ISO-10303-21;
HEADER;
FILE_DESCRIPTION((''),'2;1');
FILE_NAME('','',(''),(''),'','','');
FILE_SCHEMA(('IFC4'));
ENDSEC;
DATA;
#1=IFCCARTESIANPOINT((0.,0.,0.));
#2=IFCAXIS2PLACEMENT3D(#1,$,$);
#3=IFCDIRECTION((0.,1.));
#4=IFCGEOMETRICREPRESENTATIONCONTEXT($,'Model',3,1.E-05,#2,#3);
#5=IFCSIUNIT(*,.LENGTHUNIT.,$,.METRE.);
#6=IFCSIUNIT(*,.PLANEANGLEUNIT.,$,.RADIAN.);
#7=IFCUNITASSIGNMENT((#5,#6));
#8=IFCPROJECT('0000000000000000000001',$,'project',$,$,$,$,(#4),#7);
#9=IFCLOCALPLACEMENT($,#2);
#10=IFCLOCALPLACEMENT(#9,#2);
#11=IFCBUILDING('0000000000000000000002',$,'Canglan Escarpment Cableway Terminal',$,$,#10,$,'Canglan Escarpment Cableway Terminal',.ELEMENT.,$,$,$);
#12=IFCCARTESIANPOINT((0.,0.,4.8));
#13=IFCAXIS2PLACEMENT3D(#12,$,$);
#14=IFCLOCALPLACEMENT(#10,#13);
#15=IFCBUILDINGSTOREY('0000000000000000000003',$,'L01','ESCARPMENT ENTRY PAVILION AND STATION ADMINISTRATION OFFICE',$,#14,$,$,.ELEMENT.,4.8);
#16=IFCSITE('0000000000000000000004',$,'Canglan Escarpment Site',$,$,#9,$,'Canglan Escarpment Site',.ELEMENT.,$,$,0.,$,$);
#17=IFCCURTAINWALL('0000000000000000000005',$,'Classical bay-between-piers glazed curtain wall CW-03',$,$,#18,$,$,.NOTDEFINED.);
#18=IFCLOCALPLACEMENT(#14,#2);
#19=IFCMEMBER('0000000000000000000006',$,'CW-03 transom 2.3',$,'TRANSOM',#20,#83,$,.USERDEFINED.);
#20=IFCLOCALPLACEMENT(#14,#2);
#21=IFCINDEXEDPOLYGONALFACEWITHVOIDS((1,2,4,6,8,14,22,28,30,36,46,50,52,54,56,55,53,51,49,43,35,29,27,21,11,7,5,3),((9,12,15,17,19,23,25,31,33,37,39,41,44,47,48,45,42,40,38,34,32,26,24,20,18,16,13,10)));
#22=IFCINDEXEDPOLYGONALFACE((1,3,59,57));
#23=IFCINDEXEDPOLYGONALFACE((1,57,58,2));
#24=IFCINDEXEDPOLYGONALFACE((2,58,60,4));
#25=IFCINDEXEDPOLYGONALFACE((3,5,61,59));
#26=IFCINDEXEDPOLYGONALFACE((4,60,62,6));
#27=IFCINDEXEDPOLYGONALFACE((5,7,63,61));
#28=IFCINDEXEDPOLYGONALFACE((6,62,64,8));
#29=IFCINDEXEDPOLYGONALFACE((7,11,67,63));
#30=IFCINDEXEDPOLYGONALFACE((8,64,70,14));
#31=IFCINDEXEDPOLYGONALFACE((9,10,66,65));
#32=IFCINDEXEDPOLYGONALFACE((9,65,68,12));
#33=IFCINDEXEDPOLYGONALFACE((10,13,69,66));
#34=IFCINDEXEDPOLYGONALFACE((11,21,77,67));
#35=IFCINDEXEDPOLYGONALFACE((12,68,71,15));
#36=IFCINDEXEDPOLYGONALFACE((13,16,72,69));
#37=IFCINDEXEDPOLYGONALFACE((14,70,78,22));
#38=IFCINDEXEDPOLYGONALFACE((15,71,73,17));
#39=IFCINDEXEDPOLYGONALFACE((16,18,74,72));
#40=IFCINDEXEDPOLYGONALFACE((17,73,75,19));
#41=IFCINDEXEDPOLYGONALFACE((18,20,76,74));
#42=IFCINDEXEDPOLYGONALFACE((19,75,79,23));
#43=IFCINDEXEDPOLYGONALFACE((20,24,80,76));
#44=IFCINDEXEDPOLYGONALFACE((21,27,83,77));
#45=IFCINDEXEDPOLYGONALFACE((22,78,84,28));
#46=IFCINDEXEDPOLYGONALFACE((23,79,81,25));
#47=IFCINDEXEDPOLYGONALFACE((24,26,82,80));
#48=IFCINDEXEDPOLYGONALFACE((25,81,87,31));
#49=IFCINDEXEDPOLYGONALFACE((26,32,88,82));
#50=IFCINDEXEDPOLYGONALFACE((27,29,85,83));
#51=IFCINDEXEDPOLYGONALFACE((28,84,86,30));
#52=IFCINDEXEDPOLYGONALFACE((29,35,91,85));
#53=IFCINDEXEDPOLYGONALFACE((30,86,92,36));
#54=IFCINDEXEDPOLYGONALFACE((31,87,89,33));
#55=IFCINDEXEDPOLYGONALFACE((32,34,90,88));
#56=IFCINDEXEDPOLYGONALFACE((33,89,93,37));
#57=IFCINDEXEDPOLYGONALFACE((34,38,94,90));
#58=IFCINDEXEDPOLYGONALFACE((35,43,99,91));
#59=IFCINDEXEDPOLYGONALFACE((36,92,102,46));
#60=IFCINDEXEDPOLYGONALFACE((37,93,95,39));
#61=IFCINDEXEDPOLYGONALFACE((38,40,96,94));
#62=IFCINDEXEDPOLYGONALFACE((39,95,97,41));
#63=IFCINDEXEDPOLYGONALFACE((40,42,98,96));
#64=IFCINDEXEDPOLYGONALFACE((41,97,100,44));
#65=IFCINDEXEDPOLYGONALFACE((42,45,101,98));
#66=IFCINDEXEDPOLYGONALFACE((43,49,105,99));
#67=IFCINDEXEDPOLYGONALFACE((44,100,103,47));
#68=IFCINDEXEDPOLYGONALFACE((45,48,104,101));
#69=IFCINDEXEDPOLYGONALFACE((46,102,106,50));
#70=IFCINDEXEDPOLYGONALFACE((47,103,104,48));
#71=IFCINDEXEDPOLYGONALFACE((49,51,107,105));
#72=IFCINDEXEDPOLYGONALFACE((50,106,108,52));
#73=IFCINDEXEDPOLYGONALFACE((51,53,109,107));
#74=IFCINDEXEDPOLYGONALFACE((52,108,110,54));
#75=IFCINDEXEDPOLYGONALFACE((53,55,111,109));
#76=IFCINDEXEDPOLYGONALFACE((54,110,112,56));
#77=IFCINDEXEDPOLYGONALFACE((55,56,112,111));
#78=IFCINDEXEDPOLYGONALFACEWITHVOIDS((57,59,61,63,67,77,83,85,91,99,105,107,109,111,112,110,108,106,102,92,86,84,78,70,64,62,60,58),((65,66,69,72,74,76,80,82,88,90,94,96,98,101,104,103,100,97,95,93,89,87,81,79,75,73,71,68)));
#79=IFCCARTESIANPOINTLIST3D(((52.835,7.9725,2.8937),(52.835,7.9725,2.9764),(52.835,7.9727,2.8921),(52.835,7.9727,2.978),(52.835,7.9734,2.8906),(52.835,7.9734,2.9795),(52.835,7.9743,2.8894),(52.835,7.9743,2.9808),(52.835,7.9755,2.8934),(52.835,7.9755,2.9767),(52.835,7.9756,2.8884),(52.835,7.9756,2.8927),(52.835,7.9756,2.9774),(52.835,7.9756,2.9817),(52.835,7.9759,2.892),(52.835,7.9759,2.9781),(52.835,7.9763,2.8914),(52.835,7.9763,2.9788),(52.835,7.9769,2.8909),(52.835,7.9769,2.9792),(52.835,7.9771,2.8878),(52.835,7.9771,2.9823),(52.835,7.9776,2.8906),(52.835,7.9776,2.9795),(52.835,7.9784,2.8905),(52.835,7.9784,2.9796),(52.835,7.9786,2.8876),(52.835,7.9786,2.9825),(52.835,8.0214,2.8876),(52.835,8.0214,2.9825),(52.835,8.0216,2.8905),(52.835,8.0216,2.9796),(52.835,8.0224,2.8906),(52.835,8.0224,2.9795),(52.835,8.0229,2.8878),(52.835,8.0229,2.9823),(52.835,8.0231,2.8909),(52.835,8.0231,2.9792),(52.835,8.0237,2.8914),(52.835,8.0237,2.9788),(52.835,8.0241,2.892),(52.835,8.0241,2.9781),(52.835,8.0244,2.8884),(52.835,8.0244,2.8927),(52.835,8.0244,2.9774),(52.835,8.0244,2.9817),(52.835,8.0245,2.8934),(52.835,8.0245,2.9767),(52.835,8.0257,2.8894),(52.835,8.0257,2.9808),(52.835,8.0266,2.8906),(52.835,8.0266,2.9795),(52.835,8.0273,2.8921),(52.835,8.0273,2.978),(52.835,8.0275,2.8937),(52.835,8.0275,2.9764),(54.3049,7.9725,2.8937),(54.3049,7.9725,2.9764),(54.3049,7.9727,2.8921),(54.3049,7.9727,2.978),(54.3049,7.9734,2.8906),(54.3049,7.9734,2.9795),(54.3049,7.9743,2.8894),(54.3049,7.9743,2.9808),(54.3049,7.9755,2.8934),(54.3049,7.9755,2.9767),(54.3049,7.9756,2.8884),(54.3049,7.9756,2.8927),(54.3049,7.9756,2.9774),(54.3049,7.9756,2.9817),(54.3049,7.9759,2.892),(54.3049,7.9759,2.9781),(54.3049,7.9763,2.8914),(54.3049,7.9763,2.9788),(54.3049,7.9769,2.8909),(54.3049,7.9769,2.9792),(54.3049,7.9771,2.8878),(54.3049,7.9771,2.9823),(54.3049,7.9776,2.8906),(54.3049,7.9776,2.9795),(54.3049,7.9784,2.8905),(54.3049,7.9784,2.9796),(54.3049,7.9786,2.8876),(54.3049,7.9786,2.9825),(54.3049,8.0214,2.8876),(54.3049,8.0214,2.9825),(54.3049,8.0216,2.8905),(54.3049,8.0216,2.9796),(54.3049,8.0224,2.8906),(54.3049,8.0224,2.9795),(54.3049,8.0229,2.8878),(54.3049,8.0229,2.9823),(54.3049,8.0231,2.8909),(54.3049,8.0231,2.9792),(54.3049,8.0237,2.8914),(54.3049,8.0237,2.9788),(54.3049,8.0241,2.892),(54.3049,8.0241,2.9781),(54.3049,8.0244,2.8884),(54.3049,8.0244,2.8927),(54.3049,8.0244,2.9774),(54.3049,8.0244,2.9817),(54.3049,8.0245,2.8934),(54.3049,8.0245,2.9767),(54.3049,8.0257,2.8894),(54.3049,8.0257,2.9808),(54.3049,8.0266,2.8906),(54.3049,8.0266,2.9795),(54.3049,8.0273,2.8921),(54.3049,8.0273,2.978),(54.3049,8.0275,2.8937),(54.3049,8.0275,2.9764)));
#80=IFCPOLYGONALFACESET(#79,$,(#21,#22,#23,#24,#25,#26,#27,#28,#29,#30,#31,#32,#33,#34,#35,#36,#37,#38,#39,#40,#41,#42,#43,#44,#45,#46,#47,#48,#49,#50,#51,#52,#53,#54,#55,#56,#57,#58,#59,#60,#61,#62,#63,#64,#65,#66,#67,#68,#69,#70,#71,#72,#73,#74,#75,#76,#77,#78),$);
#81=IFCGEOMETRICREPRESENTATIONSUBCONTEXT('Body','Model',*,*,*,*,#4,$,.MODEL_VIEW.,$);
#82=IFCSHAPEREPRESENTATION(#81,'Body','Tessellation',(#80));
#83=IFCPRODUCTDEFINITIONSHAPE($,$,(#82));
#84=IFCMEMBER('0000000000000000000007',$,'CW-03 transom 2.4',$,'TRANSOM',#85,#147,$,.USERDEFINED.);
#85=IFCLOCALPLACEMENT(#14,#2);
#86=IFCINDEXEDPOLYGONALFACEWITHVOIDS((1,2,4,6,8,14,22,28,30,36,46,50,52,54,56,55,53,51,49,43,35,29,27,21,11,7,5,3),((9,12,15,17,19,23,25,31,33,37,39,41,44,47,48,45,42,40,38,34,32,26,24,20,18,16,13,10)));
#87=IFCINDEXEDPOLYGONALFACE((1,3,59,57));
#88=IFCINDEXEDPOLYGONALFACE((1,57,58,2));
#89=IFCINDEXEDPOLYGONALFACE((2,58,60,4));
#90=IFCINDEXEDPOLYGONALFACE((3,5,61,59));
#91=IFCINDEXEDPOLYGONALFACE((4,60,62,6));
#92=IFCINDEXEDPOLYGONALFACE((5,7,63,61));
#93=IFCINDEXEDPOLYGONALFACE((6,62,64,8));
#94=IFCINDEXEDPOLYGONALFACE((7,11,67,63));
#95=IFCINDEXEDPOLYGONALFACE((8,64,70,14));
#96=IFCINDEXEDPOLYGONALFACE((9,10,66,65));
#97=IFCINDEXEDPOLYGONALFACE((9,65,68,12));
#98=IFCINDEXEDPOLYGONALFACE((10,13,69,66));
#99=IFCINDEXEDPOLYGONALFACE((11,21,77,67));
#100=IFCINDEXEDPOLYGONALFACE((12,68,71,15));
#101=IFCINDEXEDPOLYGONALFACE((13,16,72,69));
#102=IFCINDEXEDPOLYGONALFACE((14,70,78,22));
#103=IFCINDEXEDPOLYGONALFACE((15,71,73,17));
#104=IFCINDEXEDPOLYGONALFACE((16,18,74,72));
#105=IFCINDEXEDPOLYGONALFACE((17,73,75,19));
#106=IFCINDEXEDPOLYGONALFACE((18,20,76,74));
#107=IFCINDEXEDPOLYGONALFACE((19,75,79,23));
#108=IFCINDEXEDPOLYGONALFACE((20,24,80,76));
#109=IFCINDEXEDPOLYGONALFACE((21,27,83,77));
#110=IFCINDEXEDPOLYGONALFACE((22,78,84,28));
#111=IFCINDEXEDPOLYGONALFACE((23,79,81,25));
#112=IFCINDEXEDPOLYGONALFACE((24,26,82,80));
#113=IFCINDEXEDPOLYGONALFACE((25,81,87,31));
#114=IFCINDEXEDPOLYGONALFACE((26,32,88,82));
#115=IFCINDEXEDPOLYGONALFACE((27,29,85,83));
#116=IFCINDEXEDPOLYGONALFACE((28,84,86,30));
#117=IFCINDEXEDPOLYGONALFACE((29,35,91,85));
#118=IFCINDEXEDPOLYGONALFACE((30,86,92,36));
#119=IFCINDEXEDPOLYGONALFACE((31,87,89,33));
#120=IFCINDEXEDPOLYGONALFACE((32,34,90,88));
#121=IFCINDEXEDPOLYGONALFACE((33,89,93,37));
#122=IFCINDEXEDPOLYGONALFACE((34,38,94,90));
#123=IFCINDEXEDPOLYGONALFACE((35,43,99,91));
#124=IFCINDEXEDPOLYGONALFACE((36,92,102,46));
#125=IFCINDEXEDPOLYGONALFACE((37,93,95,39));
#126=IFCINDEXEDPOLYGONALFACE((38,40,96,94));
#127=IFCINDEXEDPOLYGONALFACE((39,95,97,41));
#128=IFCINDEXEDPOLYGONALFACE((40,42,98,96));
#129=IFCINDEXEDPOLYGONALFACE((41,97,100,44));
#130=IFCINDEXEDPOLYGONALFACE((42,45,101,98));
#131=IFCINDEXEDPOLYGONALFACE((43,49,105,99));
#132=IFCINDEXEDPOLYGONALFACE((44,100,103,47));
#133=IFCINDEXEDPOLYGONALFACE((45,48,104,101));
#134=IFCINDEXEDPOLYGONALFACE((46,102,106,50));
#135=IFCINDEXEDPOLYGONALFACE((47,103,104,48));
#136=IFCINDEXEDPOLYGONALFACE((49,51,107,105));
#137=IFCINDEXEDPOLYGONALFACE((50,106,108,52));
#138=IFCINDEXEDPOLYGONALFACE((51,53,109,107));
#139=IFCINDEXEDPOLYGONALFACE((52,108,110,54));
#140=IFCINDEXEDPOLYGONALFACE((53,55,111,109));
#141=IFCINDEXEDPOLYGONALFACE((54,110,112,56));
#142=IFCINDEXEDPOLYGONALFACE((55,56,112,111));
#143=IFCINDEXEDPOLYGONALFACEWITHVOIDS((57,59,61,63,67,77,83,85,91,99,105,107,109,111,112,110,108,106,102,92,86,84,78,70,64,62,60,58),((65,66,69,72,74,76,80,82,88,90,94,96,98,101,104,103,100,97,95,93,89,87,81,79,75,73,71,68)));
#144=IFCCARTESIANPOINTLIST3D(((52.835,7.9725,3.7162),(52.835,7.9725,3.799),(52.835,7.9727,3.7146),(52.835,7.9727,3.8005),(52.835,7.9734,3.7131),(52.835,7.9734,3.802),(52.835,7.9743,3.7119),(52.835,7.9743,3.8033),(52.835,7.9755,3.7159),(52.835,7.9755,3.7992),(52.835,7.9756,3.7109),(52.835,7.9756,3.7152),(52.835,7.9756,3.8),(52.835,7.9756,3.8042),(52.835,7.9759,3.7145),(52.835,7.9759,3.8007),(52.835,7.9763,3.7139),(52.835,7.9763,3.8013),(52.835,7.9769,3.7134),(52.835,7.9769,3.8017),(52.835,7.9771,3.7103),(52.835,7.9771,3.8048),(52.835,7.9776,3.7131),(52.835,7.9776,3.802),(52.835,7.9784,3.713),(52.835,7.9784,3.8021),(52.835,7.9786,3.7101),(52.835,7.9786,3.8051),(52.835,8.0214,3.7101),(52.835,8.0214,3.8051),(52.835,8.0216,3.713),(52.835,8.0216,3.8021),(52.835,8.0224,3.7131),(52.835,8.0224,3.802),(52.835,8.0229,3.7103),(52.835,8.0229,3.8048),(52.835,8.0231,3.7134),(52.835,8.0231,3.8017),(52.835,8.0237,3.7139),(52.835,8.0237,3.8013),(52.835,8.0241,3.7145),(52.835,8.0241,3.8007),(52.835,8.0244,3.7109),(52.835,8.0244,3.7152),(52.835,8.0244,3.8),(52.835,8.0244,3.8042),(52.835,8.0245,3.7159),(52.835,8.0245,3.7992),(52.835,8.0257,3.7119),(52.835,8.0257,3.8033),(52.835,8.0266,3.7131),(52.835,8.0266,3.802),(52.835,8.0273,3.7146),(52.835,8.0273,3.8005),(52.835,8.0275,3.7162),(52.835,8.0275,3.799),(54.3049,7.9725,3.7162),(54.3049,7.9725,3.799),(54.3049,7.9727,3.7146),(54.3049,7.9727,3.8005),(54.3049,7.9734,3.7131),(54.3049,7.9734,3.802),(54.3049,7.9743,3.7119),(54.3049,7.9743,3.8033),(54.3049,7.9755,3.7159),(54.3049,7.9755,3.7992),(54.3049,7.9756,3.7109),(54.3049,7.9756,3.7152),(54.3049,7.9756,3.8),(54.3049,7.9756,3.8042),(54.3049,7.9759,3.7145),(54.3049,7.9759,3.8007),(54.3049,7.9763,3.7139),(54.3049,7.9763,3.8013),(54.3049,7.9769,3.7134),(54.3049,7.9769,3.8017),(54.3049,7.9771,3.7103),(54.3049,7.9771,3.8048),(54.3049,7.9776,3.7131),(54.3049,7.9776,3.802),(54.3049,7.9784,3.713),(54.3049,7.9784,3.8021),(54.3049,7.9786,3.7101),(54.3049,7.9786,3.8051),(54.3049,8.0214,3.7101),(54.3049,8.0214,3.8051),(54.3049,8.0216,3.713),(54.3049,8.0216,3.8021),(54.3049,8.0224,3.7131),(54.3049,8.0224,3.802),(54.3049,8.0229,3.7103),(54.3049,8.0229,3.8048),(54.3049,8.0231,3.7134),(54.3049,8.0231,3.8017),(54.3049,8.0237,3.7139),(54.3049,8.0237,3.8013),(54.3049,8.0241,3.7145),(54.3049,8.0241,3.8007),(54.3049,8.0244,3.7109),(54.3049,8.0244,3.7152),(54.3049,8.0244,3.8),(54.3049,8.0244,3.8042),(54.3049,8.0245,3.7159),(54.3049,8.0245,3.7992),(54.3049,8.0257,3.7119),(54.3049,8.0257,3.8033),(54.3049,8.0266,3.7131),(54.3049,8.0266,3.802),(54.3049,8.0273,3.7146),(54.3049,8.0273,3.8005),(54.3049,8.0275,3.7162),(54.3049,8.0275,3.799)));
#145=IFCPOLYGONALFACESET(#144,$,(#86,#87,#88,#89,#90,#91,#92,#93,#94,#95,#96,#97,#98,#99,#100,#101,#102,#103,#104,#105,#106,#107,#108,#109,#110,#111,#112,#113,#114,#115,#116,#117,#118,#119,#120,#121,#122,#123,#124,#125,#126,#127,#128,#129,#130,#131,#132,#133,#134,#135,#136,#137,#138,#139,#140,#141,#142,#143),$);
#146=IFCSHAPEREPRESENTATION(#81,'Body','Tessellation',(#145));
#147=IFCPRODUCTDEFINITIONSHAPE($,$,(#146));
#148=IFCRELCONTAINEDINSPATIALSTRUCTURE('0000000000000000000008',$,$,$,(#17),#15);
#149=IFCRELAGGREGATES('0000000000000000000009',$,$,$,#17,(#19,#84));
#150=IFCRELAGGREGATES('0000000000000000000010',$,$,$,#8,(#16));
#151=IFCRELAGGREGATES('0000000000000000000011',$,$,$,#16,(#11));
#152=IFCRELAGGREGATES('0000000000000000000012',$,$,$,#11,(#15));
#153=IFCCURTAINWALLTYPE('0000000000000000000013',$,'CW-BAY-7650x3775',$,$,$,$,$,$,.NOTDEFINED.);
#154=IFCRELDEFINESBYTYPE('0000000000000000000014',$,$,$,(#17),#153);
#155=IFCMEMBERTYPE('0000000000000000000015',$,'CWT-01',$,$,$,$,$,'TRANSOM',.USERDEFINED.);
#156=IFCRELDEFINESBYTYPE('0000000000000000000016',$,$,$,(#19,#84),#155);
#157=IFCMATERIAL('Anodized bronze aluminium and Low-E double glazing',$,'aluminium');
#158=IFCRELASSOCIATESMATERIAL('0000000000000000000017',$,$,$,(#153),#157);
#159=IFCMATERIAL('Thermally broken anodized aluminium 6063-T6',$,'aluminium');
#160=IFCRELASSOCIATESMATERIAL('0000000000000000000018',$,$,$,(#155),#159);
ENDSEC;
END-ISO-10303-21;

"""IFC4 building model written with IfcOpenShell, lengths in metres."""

from ifc_helpers import new_model, si_unit, direction, frame, origin, origin_2d, place, context, subcontext, project, spatial, hollow_rectangle, extrude, material, material_profile, profile_set, type_object, element, aggregate, save


model = new_model("IFC4")

# Units and contexts
model_context = context("Model", 3, precision=1e-05, world=origin(), true_north=direction((0.0, 1.0)))
body_context = subcontext(model_context, "Body", "Model", "MODEL_VIEW")
ifc_project = project(units=[si_unit("LENGTHUNIT", "METRE"), si_unit("PLANEANGLEUNIT", "RADIAN")], contexts=[model_context])

# Site, building, storey
site_placement = place(None, origin())
site = spatial("IfcSite", under=ifc_project, at=site_placement, Name="Canglan Escarpment Site", LongName="Canglan Escarpment Site", CompositionType="ELEMENT", RefElevation=0.0)
building_placement = place(site_placement, origin())
building = spatial("IfcBuilding", under=site, at=building_placement, Name="Canglan Escarpment Cableway Terminal", LongName="Canglan Escarpment Cableway Terminal", CompositionType="ELEMENT")
storey_placement = place(building_placement, frame((0.0, 0.0, 4.8)))
storey = spatial("IfcBuildingStorey", under=building, at=storey_placement, Name="L01", Description="ESCARPMENT ENTRY PAVILION AND STATION ADMINISTRATION OFFICE", CompositionType="ELEMENT", Elevation=4.8)

# Curtain wall, members
ifc_material_1 = material(Name="Anodized bronze aluminium and Low-E double glazing", Category="aluminium")
curtain_wall_type = type_object("IfcCurtainWallType", Name="CW-BAY-7650x3775", PredefinedType="NOTDEFINED", material=ifc_material_1)
curtain_wall_placement = place(storey_placement, origin())
curtain_wall = element("IfcCurtainWall", 1, at=curtain_wall_placement, inside=storey, type_object=curtain_wall_type, Name="Classical bay-between-piers glazed curtain wall CW-03", PredefinedType="NOTDEFINED")
ifc_material_2 = material(Name="Thermally broken anodized aluminium 6063-T6", Category="aluminium")
ifc_material_profile_1 = material_profile(ifc_material_2, hollow_rectangle(XDim=0.0549, YDim=0.095, WallThickness=0.0029, InnerFilletRadius=0.0029, OuterFilletRadius=0.0061, at=origin_2d()), Name="ALU-TRAN 55x95x3")
ifc_profile_set_1 = profile_set([ifc_material_profile_1], Name="Thermally broken anodized aluminium 6063-T6")
member_type_1 = type_object("IfcMemberType", Name="CWT-01", ElementType="TRANSOM", PredefinedType="USERDEFINED", material=ifc_profile_set_1)
member_1_placement = place(storey_placement, frame((52.835, 8.0, 2.9351), z_axis=(1.0, 0.0, 0.0), x_axis=(0.0, 1.0, 0.0)))
member_1 = element("IfcMember", 2, at=member_1_placement, type_object=member_type_1, Name="CW-03 transom 2.3", ObjectType="TRANSOM", PredefinedType="USERDEFINED", context=body_context, shape_type="SweptSolid", body=[
    extrude(hollow_rectangle(XDim=0.0549, YDim=0.095, WallThickness=0.0029, InnerFilletRadius=0.0029, OuterFilletRadius=0.0061, at=origin_2d()), origin(), (0.0, 0.0, 1.0), 1.47),
])
member_2_placement = place(storey_placement, frame((52.835, 8.0, 3.7576), z_axis=(1.0, 0.0, 0.0), x_axis=(0.0, 1.0, 0.0)))
member_2 = element("IfcMember", 3, at=member_2_placement, type_object=member_type_1, Name="CW-03 transom 2.4", ObjectType="TRANSOM", PredefinedType="USERDEFINED", context=body_context, shape_type="SweptSolid", body=[
    extrude(hollow_rectangle(XDim=0.0549, YDim=0.095, WallThickness=0.0029, InnerFilletRadius=0.0029, OuterFilletRadius=0.0061, at=origin_2d()), origin(), (0.0, 0.0, 1.0), 1.47),
])
aggregate(curtain_wall, [member_1, member_2])

save(model, "model.ifc")
